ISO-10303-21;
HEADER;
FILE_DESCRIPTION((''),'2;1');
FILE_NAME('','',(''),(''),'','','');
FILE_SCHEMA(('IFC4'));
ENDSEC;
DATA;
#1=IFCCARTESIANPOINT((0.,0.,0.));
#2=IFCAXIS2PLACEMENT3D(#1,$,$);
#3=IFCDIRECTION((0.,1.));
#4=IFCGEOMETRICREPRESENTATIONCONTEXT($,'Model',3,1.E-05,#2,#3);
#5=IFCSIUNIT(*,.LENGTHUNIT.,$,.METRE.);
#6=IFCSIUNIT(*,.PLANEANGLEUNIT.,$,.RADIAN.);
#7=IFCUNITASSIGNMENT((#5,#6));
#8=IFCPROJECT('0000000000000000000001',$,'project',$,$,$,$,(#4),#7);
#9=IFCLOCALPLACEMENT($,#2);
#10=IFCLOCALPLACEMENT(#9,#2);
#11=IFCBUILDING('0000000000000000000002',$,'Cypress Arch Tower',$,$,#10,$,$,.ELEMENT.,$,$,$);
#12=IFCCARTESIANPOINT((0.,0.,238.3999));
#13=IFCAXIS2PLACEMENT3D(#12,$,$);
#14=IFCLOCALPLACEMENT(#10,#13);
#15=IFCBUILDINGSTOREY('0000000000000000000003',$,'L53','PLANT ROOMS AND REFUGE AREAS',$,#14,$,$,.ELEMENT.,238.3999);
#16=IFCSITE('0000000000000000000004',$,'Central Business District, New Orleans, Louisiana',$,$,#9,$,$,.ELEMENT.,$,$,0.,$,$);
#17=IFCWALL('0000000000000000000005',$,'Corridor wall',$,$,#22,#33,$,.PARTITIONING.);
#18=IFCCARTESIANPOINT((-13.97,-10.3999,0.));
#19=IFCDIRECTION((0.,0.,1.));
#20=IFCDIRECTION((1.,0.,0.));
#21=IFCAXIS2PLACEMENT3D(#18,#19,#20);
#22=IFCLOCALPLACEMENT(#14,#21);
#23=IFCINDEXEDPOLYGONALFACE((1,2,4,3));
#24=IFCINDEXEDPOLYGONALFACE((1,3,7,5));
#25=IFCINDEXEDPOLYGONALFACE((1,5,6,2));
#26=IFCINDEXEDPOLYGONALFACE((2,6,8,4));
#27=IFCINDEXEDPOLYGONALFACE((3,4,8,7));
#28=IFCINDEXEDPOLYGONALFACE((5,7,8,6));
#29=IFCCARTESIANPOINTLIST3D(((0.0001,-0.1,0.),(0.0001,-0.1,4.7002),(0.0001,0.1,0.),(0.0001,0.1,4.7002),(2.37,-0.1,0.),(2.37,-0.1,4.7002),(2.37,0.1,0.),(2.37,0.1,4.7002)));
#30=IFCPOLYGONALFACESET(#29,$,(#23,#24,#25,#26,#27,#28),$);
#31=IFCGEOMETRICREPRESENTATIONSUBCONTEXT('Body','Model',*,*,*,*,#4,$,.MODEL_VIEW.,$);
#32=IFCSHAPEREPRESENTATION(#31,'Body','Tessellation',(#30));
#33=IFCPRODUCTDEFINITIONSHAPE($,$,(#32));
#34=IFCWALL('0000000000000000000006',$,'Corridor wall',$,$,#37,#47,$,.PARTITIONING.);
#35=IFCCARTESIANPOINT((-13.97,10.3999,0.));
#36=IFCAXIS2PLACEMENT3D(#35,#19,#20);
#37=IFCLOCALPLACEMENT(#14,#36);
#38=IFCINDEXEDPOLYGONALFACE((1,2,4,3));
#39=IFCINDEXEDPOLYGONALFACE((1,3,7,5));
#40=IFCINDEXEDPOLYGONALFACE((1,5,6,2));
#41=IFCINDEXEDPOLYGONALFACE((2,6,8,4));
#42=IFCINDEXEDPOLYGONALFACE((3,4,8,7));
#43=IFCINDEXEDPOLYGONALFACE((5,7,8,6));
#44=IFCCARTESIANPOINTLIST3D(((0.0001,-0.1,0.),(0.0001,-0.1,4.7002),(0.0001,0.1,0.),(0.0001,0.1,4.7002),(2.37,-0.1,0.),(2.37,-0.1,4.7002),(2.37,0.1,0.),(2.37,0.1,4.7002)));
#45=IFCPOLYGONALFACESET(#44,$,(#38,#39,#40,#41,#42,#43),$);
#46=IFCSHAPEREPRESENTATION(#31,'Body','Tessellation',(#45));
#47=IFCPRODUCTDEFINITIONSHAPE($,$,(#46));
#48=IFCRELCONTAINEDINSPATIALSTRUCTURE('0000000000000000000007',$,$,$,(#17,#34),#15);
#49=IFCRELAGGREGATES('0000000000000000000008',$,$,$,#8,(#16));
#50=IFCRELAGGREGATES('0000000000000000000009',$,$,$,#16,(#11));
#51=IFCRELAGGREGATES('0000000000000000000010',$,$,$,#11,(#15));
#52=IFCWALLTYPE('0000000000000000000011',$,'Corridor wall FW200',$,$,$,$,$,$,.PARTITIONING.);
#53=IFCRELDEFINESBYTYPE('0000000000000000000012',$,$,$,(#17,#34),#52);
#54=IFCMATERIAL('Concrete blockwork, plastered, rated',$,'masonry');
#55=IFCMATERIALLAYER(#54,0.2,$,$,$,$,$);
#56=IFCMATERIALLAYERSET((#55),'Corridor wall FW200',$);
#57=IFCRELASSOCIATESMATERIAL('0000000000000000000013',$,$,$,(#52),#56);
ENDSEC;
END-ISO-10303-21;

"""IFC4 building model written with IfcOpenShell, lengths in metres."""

from ifc_helpers import new_model, si_unit, direction, frame, frame_2d, origin, place, context, subcontext, project, spatial, rectangle, extrude, material, layer, layer_set, type_object, element, save


model = new_model("IFC4")

# Units and contexts
model_context = context("Model", 3, precision=1e-05, world=origin(), true_north=direction((0.0, 1.0)))
body_context = subcontext(model_context, "Body", "Model", "MODEL_VIEW")
ifc_project = project(units=[si_unit("LENGTHUNIT", "METRE"), si_unit("PLANEANGLEUNIT", "RADIAN")], contexts=[model_context])

# Site, building, storey
site_placement = place(None, origin())
site = spatial("IfcSite", under=ifc_project, at=site_placement, Name="Central Business District, New Orleans, Louisiana", CompositionType="ELEMENT", RefElevation=0.0)
building_placement = place(site_placement, origin())
building = spatial("IfcBuilding", under=site, at=building_placement, Name="Cypress Arch Tower", CompositionType="ELEMENT")
storey_placement = place(building_placement, frame((0.0, 0.0, 238.3999)))
storey = spatial("IfcBuildingStorey", under=building, at=storey_placement, Name="L53", Description="PLANT ROOMS AND REFUGE AREAS", CompositionType="ELEMENT", Elevation=238.3999)

# Walls
ifc_material_1 = material(Name="Concrete blockwork, plastered, rated", Category="masonry")
ifc_layer_1 = layer(ifc_material_1, 0.2)
ifc_layer_set_1 = layer_set([ifc_layer_1], Name="Corridor wall FW200")
wall_type_1 = type_object("IfcWallType", Name="Corridor wall FW200", PredefinedType="PARTITIONING", material=ifc_layer_set_1)
wall_1_placement = place(storey_placement, frame((-13.97, -10.3999, 0.0), z_axis=(0.0, 0.0, 1.0), x_axis=(1.0, 0.0, 0.0)))
element("IfcWall", 1, at=wall_1_placement, inside=storey, type_object=wall_type_1, Name="Corridor wall", PredefinedType="PARTITIONING", context=body_context, shape_type="SweptSolid", body=[
    extrude(rectangle(XDim=2.3699, YDim=0.2, at=frame_2d((1.1851, 0.0))), origin(), (0.0, 0.0, 1.0), 4.7002),
])
wall_2_placement = place(storey_placement, frame((-13.97, 10.3999, 0.0), z_axis=(0.0, 0.0, 1.0), x_axis=(1.0, 0.0, 0.0)))
element("IfcWall", 2, at=wall_2_placement, inside=storey, type_object=wall_type_1, Name="Corridor wall", PredefinedType="PARTITIONING", context=body_context, shape_type="SweptSolid", body=[
    extrude(rectangle(XDim=2.3699, YDim=0.2, at=frame_2d((1.1851, 0.0))), origin(), (0.0, 0.0, 1.0), 4.7002),
])

save(model, "model.ifc")
